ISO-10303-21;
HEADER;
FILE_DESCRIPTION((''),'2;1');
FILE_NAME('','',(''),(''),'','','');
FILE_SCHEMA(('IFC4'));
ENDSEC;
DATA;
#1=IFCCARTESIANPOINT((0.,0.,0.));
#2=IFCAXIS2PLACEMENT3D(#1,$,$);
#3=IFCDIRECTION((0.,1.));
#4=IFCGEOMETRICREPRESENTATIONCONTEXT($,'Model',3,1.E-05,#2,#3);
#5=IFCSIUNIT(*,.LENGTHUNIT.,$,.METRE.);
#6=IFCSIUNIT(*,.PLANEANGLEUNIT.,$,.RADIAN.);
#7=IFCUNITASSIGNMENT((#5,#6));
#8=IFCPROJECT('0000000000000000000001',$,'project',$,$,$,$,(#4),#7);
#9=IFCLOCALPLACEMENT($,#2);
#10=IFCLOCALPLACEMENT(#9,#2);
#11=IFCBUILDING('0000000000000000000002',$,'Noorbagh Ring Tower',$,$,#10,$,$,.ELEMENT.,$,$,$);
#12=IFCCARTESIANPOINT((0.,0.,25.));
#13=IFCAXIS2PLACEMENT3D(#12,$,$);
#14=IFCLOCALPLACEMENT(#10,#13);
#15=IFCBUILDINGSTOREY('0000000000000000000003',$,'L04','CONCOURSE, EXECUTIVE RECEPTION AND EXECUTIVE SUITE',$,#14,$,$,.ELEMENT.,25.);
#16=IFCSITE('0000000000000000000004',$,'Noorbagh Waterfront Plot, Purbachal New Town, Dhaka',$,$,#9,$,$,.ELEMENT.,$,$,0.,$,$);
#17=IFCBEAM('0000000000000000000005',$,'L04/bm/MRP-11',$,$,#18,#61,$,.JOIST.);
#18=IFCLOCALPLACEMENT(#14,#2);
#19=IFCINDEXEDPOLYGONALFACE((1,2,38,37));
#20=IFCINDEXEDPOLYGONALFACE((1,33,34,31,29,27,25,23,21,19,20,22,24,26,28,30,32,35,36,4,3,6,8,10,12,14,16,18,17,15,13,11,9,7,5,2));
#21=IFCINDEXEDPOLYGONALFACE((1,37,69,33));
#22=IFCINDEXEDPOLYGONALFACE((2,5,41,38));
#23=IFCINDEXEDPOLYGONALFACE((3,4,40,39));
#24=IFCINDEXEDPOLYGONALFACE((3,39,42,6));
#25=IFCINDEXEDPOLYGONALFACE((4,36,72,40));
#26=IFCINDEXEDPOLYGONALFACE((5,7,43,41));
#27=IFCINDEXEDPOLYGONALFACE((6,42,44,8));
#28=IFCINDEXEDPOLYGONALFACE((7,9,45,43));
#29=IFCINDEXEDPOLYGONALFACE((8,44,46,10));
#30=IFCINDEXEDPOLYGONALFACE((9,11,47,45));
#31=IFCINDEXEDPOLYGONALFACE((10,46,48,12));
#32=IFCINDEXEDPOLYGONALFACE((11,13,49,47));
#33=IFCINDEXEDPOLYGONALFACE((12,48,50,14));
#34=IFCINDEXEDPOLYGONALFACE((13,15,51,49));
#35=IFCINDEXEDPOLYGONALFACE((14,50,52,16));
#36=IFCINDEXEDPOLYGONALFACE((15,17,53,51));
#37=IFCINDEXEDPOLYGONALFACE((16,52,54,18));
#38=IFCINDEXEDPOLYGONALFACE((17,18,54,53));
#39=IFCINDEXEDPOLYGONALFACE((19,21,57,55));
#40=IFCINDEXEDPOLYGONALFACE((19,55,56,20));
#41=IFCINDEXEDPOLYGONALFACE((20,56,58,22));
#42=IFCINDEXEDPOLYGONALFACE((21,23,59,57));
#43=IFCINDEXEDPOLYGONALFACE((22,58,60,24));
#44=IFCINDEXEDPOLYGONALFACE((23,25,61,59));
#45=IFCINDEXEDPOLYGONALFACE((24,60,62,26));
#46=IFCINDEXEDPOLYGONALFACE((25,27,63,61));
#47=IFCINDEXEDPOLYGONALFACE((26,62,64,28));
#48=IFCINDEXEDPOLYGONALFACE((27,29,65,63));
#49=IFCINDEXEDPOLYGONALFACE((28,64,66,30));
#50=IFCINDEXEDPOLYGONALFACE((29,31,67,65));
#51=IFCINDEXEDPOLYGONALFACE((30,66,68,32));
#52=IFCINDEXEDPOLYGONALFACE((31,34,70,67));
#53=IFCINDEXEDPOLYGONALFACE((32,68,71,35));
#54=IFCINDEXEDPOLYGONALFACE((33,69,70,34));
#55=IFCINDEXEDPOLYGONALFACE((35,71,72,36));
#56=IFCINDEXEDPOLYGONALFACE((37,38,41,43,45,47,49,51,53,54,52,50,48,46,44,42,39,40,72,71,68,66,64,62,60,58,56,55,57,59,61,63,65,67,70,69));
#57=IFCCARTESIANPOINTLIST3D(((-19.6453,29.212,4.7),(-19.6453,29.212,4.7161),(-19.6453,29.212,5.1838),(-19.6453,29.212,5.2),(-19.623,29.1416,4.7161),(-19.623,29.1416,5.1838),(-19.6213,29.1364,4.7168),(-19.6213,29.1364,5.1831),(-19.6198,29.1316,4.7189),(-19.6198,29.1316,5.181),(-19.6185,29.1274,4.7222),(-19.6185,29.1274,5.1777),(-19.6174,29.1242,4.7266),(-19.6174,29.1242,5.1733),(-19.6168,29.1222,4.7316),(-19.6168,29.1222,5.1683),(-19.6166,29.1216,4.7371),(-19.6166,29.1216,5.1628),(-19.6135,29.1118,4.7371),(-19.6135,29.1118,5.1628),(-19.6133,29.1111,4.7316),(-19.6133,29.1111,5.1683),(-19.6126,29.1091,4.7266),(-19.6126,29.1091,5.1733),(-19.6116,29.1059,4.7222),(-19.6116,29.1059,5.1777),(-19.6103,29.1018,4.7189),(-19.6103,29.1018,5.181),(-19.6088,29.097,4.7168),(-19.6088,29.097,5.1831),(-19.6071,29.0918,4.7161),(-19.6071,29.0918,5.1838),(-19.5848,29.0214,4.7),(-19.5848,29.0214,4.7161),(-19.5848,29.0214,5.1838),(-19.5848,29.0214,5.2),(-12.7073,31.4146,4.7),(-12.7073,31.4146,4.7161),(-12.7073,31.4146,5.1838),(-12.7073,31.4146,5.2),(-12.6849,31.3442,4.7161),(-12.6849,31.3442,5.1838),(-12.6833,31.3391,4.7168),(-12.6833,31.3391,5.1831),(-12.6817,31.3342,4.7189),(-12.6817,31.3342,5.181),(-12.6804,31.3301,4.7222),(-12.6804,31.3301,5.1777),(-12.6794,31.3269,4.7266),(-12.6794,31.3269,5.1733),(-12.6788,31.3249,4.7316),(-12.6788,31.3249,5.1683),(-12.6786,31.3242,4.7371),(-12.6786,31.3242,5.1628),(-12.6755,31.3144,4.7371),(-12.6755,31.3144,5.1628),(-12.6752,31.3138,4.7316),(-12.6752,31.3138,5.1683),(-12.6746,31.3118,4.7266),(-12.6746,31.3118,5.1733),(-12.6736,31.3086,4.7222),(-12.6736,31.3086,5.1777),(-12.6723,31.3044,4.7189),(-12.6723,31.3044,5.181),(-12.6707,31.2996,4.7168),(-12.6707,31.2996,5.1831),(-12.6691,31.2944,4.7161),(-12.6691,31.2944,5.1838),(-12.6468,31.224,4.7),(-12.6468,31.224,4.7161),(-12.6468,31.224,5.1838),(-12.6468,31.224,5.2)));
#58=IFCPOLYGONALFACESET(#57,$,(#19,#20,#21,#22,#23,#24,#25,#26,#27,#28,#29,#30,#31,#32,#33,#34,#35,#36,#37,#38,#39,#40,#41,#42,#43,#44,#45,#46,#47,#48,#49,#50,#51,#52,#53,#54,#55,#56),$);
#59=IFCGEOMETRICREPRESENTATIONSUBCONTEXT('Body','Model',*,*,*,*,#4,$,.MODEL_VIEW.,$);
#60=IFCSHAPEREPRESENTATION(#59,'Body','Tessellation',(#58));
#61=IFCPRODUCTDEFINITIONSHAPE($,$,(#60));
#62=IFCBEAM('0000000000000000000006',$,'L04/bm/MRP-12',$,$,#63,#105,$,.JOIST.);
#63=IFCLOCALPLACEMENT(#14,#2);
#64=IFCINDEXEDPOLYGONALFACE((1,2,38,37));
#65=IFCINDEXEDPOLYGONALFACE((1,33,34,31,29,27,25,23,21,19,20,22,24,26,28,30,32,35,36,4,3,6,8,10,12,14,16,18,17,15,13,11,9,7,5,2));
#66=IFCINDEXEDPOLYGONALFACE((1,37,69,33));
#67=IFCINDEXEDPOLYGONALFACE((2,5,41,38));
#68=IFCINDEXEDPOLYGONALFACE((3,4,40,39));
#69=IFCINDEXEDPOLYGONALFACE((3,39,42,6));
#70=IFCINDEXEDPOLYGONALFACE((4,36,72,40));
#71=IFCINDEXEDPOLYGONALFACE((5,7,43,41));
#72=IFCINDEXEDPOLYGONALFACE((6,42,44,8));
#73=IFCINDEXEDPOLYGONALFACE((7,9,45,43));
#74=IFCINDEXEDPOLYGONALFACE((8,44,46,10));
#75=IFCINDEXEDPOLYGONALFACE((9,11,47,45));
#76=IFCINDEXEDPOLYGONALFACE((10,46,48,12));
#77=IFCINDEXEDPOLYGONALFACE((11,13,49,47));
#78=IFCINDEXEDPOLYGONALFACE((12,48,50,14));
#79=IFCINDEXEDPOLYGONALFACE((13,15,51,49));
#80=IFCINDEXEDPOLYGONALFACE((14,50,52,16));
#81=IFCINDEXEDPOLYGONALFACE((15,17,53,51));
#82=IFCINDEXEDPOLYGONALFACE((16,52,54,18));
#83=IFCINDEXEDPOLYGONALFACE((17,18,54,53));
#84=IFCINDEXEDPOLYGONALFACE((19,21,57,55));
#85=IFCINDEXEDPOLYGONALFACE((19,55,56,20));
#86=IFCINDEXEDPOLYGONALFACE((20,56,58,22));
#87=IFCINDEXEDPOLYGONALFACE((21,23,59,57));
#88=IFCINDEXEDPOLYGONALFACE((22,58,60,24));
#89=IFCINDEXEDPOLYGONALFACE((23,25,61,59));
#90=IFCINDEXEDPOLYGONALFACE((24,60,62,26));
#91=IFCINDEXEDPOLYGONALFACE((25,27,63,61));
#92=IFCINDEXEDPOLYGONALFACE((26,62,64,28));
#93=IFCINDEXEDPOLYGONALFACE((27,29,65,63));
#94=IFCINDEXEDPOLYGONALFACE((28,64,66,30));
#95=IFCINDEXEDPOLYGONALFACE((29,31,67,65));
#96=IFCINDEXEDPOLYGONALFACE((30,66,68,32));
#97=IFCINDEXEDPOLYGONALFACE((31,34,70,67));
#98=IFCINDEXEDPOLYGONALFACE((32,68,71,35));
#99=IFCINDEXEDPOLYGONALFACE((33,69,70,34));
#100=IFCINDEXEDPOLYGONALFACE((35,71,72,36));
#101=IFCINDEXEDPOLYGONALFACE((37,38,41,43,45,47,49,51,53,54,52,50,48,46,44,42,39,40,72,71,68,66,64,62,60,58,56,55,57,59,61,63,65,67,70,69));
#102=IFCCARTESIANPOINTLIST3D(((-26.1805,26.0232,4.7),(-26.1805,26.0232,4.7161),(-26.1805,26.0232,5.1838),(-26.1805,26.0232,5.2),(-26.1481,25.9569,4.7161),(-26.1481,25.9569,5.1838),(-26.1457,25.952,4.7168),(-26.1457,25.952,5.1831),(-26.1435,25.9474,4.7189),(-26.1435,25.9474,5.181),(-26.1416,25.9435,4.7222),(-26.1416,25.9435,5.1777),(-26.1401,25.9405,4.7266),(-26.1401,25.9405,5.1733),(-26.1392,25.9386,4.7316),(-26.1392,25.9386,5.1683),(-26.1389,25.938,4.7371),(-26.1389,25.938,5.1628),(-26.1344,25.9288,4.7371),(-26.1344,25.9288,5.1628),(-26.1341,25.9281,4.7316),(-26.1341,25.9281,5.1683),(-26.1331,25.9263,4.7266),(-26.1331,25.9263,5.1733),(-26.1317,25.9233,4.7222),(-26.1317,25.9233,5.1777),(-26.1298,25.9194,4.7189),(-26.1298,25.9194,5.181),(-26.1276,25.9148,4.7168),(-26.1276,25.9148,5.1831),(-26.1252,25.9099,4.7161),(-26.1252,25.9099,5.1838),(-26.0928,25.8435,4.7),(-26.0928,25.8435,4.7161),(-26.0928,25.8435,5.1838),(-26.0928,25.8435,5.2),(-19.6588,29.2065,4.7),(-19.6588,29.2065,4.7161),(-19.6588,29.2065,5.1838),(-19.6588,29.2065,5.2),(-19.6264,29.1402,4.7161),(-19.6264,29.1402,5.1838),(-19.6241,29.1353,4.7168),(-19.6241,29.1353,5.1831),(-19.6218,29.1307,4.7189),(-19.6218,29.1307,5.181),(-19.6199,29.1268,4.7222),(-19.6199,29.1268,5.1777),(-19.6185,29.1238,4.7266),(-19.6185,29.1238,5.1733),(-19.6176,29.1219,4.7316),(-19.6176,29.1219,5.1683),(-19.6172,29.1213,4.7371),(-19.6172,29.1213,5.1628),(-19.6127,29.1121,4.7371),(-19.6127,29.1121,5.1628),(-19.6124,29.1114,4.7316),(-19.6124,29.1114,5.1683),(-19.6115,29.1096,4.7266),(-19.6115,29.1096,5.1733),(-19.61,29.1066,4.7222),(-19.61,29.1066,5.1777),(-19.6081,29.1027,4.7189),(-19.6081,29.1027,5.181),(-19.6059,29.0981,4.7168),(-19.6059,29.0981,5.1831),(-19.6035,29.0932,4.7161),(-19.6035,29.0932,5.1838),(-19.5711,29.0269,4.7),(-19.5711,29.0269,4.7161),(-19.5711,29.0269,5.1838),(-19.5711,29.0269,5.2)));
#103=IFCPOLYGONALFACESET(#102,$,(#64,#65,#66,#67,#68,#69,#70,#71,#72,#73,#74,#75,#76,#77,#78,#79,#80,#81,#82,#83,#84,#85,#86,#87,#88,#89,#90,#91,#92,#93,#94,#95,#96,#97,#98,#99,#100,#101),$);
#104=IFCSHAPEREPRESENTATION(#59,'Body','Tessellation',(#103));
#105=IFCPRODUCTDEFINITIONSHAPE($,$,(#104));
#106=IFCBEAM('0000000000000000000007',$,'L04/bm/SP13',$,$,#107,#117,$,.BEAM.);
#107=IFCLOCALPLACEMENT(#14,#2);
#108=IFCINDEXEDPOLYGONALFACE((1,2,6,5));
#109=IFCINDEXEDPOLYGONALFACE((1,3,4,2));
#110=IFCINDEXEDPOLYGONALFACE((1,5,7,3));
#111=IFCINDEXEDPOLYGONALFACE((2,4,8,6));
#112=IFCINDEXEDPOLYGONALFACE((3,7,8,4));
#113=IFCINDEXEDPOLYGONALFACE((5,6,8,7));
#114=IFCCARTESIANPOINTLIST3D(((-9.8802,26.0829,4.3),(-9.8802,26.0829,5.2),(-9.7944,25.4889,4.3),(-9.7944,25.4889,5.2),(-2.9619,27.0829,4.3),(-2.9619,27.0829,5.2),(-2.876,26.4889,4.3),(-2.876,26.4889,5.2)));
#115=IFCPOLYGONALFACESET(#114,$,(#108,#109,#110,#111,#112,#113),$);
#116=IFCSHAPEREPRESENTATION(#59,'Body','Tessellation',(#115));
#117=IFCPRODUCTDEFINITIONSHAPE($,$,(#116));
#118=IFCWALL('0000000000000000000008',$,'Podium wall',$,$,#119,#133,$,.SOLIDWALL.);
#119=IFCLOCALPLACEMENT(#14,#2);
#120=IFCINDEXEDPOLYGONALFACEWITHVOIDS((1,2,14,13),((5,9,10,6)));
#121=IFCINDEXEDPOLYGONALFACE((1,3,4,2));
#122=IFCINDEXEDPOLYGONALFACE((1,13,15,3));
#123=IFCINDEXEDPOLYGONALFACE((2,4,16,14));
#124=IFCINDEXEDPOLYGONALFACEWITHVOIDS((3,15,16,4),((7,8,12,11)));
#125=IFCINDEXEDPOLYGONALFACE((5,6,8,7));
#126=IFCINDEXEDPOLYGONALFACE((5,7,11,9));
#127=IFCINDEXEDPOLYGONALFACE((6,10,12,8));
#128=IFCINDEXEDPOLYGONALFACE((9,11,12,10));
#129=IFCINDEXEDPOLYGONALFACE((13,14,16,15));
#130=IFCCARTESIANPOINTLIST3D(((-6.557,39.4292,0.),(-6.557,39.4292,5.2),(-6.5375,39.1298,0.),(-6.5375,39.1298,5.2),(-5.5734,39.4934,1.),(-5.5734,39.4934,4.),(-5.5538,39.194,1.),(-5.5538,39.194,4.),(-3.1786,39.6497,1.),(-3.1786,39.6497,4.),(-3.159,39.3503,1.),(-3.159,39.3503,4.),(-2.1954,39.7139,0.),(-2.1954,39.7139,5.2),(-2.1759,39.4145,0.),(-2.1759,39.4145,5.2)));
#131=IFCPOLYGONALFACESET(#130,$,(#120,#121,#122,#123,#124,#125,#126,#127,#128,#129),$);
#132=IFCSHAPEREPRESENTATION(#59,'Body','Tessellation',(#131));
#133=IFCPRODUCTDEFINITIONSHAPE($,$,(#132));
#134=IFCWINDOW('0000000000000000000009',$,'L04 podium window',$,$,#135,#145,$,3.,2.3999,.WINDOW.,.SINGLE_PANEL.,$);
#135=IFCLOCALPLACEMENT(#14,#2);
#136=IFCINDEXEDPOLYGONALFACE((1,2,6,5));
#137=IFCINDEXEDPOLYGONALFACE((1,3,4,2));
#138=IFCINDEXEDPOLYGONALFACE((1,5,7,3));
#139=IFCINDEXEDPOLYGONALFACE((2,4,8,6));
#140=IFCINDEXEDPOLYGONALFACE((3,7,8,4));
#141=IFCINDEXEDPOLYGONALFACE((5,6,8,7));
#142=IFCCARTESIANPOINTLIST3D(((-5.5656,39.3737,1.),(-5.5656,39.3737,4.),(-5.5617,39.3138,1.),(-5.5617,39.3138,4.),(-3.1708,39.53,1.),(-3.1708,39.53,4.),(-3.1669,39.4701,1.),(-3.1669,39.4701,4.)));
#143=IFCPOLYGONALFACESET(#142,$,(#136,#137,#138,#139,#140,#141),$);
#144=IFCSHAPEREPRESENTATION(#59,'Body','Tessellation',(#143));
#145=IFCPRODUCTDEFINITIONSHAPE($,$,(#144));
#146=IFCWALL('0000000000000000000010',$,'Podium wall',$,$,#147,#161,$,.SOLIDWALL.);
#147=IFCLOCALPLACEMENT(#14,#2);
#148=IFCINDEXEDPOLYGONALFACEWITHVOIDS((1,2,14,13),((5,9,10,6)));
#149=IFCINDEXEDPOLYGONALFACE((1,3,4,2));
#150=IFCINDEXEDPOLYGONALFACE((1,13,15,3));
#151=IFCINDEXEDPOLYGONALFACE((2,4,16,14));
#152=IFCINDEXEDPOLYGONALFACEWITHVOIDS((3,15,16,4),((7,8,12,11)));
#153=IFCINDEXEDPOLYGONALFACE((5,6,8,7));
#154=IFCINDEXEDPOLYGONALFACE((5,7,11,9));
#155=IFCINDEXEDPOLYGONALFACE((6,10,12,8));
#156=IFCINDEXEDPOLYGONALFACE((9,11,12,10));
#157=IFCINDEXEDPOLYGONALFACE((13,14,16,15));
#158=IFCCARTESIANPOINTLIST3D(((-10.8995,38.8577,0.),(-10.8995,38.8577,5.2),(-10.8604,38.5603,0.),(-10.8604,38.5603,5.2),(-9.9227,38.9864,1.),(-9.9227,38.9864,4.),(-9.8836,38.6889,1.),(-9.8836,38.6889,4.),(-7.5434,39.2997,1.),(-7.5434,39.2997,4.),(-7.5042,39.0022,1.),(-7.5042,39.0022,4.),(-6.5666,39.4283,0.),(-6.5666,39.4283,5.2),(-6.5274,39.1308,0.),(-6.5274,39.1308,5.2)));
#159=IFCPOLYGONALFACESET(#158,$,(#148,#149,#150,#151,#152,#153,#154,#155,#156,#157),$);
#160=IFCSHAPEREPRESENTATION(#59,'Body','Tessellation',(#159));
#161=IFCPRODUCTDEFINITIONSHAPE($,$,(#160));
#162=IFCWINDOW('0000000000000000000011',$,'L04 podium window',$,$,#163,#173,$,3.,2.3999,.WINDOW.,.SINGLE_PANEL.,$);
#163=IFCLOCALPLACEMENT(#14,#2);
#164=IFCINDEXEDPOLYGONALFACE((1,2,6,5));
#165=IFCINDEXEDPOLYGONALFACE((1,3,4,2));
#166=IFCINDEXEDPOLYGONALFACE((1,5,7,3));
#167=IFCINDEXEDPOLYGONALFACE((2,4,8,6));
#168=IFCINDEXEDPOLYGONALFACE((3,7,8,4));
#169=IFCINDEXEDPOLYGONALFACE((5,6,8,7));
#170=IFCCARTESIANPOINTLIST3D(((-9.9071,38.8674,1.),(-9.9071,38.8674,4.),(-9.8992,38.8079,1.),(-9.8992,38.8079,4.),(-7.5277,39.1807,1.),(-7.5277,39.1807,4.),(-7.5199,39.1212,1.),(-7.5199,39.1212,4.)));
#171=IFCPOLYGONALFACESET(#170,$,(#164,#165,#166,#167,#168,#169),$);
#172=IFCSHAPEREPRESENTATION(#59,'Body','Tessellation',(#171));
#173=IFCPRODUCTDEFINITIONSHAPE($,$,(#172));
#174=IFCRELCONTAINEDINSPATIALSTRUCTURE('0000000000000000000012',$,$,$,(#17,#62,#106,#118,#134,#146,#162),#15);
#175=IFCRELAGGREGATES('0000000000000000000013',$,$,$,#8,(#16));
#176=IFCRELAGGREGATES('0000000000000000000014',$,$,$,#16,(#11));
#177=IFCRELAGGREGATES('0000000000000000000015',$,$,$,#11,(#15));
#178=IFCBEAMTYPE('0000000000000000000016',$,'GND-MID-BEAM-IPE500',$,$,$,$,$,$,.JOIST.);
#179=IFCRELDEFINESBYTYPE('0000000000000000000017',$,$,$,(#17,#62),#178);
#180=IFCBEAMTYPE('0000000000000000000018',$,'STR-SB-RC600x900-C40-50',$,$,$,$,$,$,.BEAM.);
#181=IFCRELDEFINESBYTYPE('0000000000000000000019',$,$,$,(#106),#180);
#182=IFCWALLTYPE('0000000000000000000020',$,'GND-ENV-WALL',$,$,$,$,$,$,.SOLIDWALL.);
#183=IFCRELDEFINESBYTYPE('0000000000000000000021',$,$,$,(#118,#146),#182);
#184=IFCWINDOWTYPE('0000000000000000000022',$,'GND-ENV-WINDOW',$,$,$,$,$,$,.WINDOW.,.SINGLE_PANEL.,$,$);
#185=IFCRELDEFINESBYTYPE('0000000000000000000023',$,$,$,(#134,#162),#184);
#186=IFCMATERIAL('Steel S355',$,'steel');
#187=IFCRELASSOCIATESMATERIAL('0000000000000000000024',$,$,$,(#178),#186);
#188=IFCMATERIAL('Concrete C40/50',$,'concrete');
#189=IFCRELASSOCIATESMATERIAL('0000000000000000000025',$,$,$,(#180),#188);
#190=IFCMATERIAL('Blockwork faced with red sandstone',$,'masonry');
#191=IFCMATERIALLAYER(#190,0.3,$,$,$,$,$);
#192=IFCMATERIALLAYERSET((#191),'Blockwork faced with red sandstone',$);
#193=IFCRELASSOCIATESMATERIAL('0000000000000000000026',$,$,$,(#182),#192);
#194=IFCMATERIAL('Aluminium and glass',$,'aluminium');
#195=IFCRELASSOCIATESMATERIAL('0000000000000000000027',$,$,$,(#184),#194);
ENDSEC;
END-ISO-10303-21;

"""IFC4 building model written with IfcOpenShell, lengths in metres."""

from ifc_helpers import new_model, si_unit, direction, frame, frame_2d, origin, origin_2d, place, context, subcontext, project, spatial, rectangle, i_section, extrude, material, layer, layer_set, material_profile, profile_set, type_object, element, fill, save


model = new_model("IFC4")

# Units and contexts
model_context = context("Model", 3, precision=1e-05, world=origin(), true_north=direction((0.0, 1.0)))
body_context = subcontext(model_context, "Body", "Model", "MODEL_VIEW")
ifc_project = project(units=[si_unit("LENGTHUNIT", "METRE"), si_unit("PLANEANGLEUNIT", "RADIAN")], contexts=[model_context])

# Site, building, storey
site_placement = place(None, origin())
site = spatial("IfcSite", under=ifc_project, at=site_placement, Name="Noorbagh Waterfront Plot, Purbachal New Town, Dhaka", CompositionType="ELEMENT", RefElevation=0.0)
building_placement = place(site_placement, origin())
building = spatial("IfcBuilding", under=site, at=building_placement, Name="Noorbagh Ring Tower", CompositionType="ELEMENT")
storey_placement = place(building_placement, frame((0.0, 0.0, 25.0)))
storey = spatial("IfcBuildingStorey", under=building, at=storey_placement, Name="L04", Description="CONCOURSE, EXECUTIVE RECEPTION AND EXECUTIVE SUITE", CompositionType="ELEMENT", Elevation=25.0)

# Beams
ifc_material_1 = material(Name="Steel S355", Category="steel")
ifc_material_profile_1 = material_profile(ifc_material_1, i_section(OverallWidth=0.2, OverallDepth=0.5, WebThickness=0.0103, FlangeThickness=0.0161, FilletRadius=0.021, at=origin_2d()), Name="IPE500")
ifc_profile_set_1 = profile_set([ifc_material_profile_1], Name="Steel S355")
beam_type_1 = type_object("IfcBeamType", Name="GND-MID-BEAM-IPE500", PredefinedType="JOIST", material=ifc_profile_set_1)
beam_1_placement = place(storey_placement, frame((-12.677, 31.3193, 4.95), z_axis=(-0.95312, -0.302592, 0.0), x_axis=(0.302592, -0.95312, 0.0)))
element("IfcBeam", 1, at=beam_1_placement, inside=storey, type_object=beam_type_1, Name="L04/bm/MRP-11", PredefinedType="JOIST", context=body_context, shape_type="SweptSolid", body=[
    extrude(i_section(OverallWidth=0.2, OverallDepth=0.5, WebThickness=0.0103, FlangeThickness=0.0161, FilletRadius=0.021, at=origin_2d()), origin(), (0.0, 0.0, 1.0), 7.2793),
])
beam_2_placement = place(storey_placement, frame((-19.615, 29.1167, 4.95), z_axis=(-0.898659, -0.438648, 0.0), x_axis=(0.438648, -0.898659, 0.0)))
element("IfcBeam", 2, at=beam_2_placement, inside=storey, type_object=beam_type_1, Name="L04/bm/MRP-12", PredefinedType="JOIST", context=body_context, shape_type="SweptSolid", body=[
    extrude(i_section(OverallWidth=0.2, OverallDepth=0.5, WebThickness=0.0103, FlangeThickness=0.0161, FilletRadius=0.021, at=origin_2d()), origin(), (0.0, 0.0, 1.0), 7.2571),
])
ifc_material_2 = material(Name="Concrete C40/50", Category="concrete")
ifc_material_profile_2 = material_profile(ifc_material_2, rectangle(XDim=0.6001, YDim=0.8999, at=origin_2d()), Name="RC600x900")
ifc_profile_set_2 = profile_set([ifc_material_profile_2], Name="Concrete C40/50")
beam_type_2 = type_object("IfcBeamType", Name="STR-SB-RC600x900-C40-50", PredefinedType="BEAM", material=ifc_profile_set_2)
beam_3_placement = place(storey_placement, frame((-2.9189, 26.7859, 4.75), z_axis=(-0.989715, -0.143054, 0.0), x_axis=(0.143054, -0.989715, 0.0)))
element("IfcBeam", 3, at=beam_3_placement, inside=storey, type_object=beam_type_2, Name="L04/bm/SP13", PredefinedType="BEAM", context=body_context, shape_type="SweptSolid", body=[
    extrude(rectangle(XDim=0.6001, YDim=0.8999, at=origin_2d()), origin(), (0.0, 0.0, 1.0), 6.9902),
])

# Walls, openings, windows
ifc_material_3 = material(Name="Blockwork faced with red sandstone", Category="masonry")
ifc_layer_1 = layer(ifc_material_3, 0.3)
ifc_layer_set_1 = layer_set([ifc_layer_1], Name="Blockwork faced with red sandstone")
wall_type_1 = type_object("IfcWallType", Name="GND-ENV-WALL", PredefinedType="SOLIDWALL", material=ifc_layer_set_1)
wall_1_placement = place(storey_placement, frame((-2.1855, 39.5642, 0.0), z_axis=(0.0, 0.0, 1.0), x_axis=(-0.997877, -0.065129, 0.0)))
wall_1 = element("IfcWall", 4, at=wall_1_placement, inside=storey, type_object=wall_type_1, Name="Podium wall", PredefinedType="SOLIDWALL", context=body_context, shape_type="SweptSolid", body=[
    extrude(rectangle(XDim=4.3708, YDim=0.3, at=frame_2d((2.1855, 0.0))), origin(), (0.0, 0.0, 1.0), 5.2),
])
opening_1_placement = place(wall_1_placement, frame((0.9854, 0.0, 1.0)))
opening_1 = element("IfcOpeningElement", 5, at=opening_1_placement, cuts=wall_1, PredefinedType="OPENING", context=body_context, shape_type="SweptSolid", body=[
    extrude(rectangle(XDim=2.3999, YDim=3.0, at=frame_2d((1.2, 1.5))), frame((0.0, 0.1602, 0.0), z_axis=(0.0, -1.0, 0.0), x_axis=(1.0, 0.0, 0.0)), (0.0, 0.0, 1.0), 0.3201),
])
ifc_material_4 = material(Name="Aluminium and glass", Category="aluminium")
window_type = type_object("IfcWindowType", Name="GND-ENV-WINDOW", PartitioningType="SINGLE_PANEL", PredefinedType="WINDOW", material=ifc_material_4)
window_1_placement = place(opening_1_placement, origin())
window_1 = element("IfcWindow", 6, at=window_1_placement, inside=storey, type_object=window_type, Name="L04 podium window", OverallHeight=3.0, OverallWidth=2.3999, PartitioningType="SINGLE_PANEL", PredefinedType="WINDOW", context=body_context, shape_type="SweptSolid", body=[
    extrude(rectangle(XDim=2.3999, YDim=3.0, at=frame_2d((1.2, 1.5))), frame((0.0, 0.03, 0.0), z_axis=(0.0, -1.0, 0.0), x_axis=(1.0, 0.0, 0.0)), (0.0, 0.0, 1.0), 0.0601),
])
fill(opening_1, window_1)
wall_2_placement = place(storey_placement, frame((-6.5471, 39.2795, 0.0), z_axis=(0.0, 0.0, 1.0), x_axis=(-0.991442, -0.13055, 0.0)))
wall_2 = element("IfcWall", 7, at=wall_2_placement, inside=storey, type_object=wall_type_1, Name="Podium wall", PredefinedType="SOLIDWALL", context=body_context, shape_type="SweptSolid", body=[
    extrude(rectangle(XDim=4.3704, YDim=0.3, at=frame_2d((2.1851, 0.0))), origin(), (0.0, 0.0, 1.0), 5.2),
])
opening_2_placement = place(wall_2_placement, frame((0.9851, 0.0, 1.0)))
opening_2 = element("IfcOpeningElement", 8, at=opening_2_placement, cuts=wall_2, PredefinedType="OPENING", context=body_context, shape_type="SweptSolid", body=[
    extrude(rectangle(XDim=2.3999, YDim=3.0, at=frame_2d((1.2, 1.5))), frame((0.0, 0.1602, 0.0), z_axis=(0.0, -1.0, 0.0), x_axis=(1.0, 0.0, 0.0)), (0.0, 0.0, 1.0), 0.3201),
])
window_2_placement = place(opening_2_placement, origin())
window_2 = element("IfcWindow", 9, at=window_2_placement, inside=storey, type_object=window_type, Name="L04 podium window", OverallHeight=3.0, OverallWidth=2.3999, PartitioningType="SINGLE_PANEL", PredefinedType="WINDOW", context=body_context, shape_type="SweptSolid", body=[
    extrude(rectangle(XDim=2.3999, YDim=3.0, at=frame_2d((1.2, 1.5))), frame((0.0, 0.03, 0.0), z_axis=(0.0, -1.0, 0.0), x_axis=(1.0, 0.0, 0.0)), (0.0, 0.0, 1.0), 0.0601),
])
fill(opening_2, window_2)

save(model, "model.ifc")
